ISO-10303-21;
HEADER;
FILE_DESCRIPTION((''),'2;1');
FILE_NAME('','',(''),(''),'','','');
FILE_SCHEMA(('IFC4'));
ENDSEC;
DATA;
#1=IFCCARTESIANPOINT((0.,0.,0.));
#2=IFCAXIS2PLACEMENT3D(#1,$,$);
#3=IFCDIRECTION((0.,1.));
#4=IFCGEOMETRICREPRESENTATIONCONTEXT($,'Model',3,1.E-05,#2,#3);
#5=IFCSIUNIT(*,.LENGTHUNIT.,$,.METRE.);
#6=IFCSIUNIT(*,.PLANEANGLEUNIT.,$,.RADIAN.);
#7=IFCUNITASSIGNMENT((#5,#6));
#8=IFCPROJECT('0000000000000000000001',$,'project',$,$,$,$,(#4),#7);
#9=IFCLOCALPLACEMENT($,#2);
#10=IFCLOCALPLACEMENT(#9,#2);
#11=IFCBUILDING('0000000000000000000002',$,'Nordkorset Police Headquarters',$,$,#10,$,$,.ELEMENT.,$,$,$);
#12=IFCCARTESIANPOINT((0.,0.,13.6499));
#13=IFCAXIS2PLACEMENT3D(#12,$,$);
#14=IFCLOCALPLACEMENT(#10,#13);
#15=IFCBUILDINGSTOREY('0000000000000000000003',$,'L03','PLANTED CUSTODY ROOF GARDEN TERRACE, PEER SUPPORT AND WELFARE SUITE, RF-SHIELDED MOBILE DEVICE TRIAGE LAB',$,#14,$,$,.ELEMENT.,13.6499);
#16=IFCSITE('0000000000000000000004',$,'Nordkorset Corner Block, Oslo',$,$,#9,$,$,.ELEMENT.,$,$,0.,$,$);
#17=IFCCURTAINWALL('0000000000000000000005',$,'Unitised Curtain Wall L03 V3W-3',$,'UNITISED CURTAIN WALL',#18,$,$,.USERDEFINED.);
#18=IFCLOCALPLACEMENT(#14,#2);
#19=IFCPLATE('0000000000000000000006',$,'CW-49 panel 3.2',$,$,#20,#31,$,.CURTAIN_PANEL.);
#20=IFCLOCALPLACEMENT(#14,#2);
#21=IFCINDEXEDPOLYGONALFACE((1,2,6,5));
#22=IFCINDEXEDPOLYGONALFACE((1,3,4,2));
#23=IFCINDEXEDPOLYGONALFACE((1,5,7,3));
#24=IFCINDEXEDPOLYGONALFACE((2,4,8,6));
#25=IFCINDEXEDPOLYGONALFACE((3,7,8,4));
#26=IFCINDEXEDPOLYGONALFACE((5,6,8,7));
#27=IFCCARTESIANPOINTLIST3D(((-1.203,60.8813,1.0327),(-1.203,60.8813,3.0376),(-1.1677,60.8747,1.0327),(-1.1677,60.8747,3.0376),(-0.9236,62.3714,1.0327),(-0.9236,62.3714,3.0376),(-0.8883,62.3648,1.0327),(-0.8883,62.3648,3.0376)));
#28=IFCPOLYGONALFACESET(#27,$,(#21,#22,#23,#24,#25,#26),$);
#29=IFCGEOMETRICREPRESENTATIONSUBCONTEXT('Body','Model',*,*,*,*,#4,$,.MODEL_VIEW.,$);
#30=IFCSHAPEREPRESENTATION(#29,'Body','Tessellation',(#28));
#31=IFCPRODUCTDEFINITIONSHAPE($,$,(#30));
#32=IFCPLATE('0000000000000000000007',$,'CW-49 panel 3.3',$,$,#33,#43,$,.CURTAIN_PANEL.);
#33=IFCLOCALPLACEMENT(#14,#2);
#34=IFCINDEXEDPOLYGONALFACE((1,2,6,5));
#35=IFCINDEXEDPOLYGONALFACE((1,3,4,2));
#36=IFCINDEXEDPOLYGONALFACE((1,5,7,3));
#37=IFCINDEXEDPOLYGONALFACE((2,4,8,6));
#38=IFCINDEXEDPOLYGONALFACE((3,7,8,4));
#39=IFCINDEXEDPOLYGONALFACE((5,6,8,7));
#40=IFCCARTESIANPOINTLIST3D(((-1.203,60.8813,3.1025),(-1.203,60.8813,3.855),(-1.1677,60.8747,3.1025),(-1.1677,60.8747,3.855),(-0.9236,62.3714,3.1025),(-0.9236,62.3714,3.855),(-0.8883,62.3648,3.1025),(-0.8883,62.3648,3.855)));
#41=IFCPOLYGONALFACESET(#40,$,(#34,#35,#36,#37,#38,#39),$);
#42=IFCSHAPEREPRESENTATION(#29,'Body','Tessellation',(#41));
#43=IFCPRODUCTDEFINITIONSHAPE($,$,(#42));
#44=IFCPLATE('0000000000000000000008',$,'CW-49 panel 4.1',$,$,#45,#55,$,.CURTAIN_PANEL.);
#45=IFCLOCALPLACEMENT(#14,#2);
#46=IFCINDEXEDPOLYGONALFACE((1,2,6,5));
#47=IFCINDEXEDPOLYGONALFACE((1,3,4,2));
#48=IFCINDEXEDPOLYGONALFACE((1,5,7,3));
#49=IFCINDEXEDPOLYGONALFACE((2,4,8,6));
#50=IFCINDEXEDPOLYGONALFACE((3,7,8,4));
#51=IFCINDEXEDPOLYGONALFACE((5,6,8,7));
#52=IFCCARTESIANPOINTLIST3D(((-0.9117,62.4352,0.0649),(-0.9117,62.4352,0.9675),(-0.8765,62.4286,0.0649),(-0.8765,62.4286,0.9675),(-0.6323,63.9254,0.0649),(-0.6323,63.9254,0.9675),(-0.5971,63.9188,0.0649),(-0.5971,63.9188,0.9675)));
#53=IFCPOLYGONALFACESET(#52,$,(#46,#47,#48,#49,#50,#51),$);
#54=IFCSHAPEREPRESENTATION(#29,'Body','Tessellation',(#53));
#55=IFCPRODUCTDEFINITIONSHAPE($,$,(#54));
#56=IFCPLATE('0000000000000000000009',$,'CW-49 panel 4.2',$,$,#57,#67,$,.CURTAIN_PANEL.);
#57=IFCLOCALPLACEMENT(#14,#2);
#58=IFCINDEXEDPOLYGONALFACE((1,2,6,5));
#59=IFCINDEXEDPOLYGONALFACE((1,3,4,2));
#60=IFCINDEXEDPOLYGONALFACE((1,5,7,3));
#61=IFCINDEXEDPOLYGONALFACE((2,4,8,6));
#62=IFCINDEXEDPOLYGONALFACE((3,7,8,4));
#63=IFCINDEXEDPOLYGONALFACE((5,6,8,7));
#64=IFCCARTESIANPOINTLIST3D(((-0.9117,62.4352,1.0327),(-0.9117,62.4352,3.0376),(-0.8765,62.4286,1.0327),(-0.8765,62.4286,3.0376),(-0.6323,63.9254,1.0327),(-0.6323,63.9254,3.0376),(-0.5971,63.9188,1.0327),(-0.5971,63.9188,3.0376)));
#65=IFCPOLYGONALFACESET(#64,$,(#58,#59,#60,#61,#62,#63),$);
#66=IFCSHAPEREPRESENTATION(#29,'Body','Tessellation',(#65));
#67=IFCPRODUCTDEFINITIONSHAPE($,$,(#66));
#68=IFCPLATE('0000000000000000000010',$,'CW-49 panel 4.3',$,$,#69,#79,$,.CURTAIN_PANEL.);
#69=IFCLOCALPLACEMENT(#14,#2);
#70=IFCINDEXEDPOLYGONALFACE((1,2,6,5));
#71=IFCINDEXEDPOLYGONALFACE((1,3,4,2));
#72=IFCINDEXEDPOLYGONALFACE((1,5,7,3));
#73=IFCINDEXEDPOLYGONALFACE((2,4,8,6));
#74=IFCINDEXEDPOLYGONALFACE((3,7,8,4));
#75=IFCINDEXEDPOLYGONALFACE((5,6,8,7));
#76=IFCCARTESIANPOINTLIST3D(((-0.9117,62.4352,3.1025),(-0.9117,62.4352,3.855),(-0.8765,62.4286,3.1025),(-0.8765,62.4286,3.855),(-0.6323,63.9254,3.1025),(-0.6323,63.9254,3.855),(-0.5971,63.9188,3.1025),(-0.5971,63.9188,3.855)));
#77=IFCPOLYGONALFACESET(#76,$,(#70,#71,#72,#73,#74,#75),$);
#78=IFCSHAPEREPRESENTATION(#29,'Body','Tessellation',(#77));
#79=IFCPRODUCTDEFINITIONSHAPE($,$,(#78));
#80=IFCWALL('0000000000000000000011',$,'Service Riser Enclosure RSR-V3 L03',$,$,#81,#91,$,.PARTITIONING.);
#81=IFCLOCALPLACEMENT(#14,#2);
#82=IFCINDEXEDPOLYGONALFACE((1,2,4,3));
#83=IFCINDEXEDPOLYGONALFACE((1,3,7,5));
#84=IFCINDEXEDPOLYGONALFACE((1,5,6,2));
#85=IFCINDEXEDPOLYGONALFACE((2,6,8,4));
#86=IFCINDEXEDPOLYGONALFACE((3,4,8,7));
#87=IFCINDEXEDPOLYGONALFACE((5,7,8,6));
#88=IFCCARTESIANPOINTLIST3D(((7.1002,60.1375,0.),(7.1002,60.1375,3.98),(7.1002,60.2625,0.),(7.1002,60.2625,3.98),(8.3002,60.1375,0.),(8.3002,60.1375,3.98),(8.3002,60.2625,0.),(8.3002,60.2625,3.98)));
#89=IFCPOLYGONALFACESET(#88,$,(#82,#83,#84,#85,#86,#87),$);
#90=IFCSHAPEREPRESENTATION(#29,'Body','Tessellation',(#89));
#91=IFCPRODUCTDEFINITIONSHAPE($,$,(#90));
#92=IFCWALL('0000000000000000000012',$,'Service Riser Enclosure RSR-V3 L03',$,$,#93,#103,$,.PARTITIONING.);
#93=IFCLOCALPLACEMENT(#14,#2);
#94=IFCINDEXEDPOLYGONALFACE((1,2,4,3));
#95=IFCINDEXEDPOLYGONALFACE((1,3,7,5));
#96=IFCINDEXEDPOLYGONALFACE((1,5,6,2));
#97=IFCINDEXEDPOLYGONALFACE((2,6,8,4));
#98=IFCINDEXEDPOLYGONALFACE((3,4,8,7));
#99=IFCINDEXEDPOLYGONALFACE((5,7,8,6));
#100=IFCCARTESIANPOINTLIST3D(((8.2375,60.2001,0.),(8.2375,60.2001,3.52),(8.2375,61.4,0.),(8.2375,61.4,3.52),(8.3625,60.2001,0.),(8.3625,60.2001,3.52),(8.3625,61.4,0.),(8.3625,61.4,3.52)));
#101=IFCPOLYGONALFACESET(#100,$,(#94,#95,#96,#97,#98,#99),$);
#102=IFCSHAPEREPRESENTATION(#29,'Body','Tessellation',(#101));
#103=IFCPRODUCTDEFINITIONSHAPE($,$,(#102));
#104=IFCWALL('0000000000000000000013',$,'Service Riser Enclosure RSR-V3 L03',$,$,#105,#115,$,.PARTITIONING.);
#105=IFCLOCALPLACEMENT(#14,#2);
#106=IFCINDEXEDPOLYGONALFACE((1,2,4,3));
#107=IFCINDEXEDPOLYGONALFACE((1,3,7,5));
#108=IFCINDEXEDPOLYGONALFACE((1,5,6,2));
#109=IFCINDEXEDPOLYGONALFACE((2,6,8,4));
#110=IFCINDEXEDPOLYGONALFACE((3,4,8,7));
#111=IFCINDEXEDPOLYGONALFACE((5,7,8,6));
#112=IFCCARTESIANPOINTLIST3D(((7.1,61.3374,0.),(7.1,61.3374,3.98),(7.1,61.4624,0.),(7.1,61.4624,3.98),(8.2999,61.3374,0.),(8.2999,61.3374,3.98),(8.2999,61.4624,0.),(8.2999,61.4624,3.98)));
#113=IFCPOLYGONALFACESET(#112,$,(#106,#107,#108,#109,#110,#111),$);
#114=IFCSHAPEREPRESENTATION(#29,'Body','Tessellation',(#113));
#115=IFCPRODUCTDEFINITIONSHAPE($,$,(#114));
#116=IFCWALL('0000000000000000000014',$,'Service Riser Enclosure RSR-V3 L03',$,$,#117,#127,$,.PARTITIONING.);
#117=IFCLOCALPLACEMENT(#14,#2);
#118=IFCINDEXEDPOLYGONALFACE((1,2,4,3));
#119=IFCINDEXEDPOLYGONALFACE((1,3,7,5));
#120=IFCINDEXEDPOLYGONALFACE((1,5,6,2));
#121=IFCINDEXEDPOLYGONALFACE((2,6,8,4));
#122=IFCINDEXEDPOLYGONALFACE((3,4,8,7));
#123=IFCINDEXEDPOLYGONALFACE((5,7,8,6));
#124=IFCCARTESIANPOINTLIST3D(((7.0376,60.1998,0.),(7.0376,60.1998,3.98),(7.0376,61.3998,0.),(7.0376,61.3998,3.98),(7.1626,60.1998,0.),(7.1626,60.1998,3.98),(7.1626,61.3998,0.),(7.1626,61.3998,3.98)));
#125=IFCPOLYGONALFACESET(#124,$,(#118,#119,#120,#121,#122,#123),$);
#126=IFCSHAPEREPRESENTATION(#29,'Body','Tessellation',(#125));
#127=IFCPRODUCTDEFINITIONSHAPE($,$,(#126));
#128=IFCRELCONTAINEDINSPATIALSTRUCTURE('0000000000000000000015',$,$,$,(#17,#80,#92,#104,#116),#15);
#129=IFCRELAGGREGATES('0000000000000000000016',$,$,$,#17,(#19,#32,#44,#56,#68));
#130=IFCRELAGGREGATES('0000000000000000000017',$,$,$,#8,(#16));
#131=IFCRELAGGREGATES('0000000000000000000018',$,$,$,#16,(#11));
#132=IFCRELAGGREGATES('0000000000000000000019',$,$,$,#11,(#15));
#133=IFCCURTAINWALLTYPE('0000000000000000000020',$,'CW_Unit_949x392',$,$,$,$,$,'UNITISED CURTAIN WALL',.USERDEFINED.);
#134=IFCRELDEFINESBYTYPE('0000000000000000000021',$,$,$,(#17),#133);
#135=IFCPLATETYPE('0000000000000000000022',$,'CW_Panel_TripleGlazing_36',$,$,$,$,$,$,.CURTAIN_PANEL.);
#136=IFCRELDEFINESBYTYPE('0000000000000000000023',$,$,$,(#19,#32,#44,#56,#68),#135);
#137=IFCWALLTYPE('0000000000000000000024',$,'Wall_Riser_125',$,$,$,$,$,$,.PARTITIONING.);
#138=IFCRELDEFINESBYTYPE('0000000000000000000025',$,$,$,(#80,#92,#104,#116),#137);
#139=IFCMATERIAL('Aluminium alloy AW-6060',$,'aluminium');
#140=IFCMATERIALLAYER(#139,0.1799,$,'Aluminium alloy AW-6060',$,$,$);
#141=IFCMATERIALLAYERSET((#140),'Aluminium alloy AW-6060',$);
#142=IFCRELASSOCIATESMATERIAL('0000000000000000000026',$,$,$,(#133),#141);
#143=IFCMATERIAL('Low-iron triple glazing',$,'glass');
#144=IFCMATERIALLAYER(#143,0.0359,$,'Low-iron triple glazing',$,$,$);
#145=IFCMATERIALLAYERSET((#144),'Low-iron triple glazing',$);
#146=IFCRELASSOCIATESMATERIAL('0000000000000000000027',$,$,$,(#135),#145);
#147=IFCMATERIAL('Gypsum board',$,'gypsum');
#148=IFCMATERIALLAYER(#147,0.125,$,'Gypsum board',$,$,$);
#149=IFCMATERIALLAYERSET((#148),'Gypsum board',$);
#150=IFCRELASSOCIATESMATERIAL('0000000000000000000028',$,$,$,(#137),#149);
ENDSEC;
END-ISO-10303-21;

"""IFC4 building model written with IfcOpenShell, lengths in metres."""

from ifc_helpers import new_model, si_unit, direction, frame, frame_2d, origin, origin_2d, place, context, subcontext, project, spatial, rectangle, extrude, material, layer, layer_set, type_object, element, aggregate, save


model = new_model("IFC4")

# Units and contexts
model_context = context("Model", 3, precision=1e-05, world=origin(), true_north=direction((0.0, 1.0)))
body_context = subcontext(model_context, "Body", "Model", "MODEL_VIEW")
ifc_project = project(units=[si_unit("LENGTHUNIT", "METRE"), si_unit("PLANEANGLEUNIT", "RADIAN")], contexts=[model_context])

# Site, building, storey
site_placement = place(None, origin())
site = spatial("IfcSite", under=ifc_project, at=site_placement, Name="Nordkorset Corner Block, Oslo", CompositionType="ELEMENT", RefElevation=0.0)
building_placement = place(site_placement, origin())
building = spatial("IfcBuilding", under=site, at=building_placement, Name="Nordkorset Police Headquarters", CompositionType="ELEMENT")
storey_placement = place(building_placement, frame((0.0, 0.0, 13.6499)))
storey = spatial("IfcBuildingStorey", under=building, at=storey_placement, Name="L03", Description="PLANTED CUSTODY ROOF GARDEN TERRACE, PEER SUPPORT AND WELFARE SUITE, RF-SHIELDED MOBILE DEVICE TRIAGE LAB", CompositionType="ELEMENT", Elevation=13.6499)

# Curtain wall
ifc_material_1 = material(Name="Aluminium alloy AW-6060", Category="aluminium")
ifc_layer_1 = layer(ifc_material_1, 0.1799, Name="Aluminium alloy AW-6060")
ifc_layer_set_1 = layer_set([ifc_layer_1], Name="Aluminium alloy AW-6060")
curtain_wall_type = type_object("IfcCurtainWallType", Name="CW_Unit_949x392", ElementType="UNITISED CURTAIN WALL", PredefinedType="USERDEFINED", material=ifc_layer_set_1)
curtain_wall_placement = place(storey_placement, origin())
curtain_wall = element("IfcCurtainWall", 1, at=curtain_wall_placement, inside=storey, type_object=curtain_wall_type, Name="Unitised Curtain Wall L03 V3W-3", ObjectType="UNITISED CURTAIN WALL", PredefinedType="USERDEFINED")

# Plates
ifc_material_2 = material(Name="Low-iron triple glazing", Category="glass")
ifc_layer_2 = layer(ifc_material_2, 0.0359, Name="Low-iron triple glazing")
ifc_layer_set_2 = layer_set([ifc_layer_2], Name="Low-iron triple glazing")
plate_type = type_object("IfcPlateType", Name="CW_Panel_TripleGlazing_36", PredefinedType="CURTAIN_PANEL", material=ifc_layer_set_2)
plate_1_placement = place(storey_placement, frame((-1.0457, 61.623, 1.0327), z_axis=(0.0, 0.0, 1.0), x_axis=(0.184289, 0.982872, 0.0)))
plate_1 = element("IfcPlate", 2, at=plate_1_placement, type_object=plate_type, Name="CW-49 panel 3.2", PredefinedType="CURTAIN_PANEL", context=body_context, shape_type="SweptSolid", body=[
    extrude(rectangle(XDim=1.5161, YDim=0.0359, at=origin_2d()), origin(), (0.0, 0.0, 1.0), 2.0049),
])
plate_2_placement = place(storey_placement, frame((-1.0457, 61.623, 3.1025), z_axis=(0.0, 0.0, 1.0), x_axis=(0.184289, 0.982872, 0.0)))
plate_2 = element("IfcPlate", 3, at=plate_2_placement, type_object=plate_type, Name="CW-49 panel 3.3", PredefinedType="CURTAIN_PANEL", context=body_context, shape_type="SweptSolid", body=[
    extrude(rectangle(XDim=1.5161, YDim=0.0359, at=origin_2d()), origin(), (0.0, 0.0, 1.0), 0.7524),
])
plate_3_placement = place(storey_placement, frame((-0.7544, 63.177, 0.0649), z_axis=(0.0, 0.0, 1.0), x_axis=(0.184289, 0.982872, 0.0)))
plate_3 = element("IfcPlate", 4, at=plate_3_placement, type_object=plate_type, Name="CW-49 panel 4.1", PredefinedType="CURTAIN_PANEL", context=body_context, shape_type="SweptSolid", body=[
    extrude(rectangle(XDim=1.5161, YDim=0.0359, at=origin_2d()), origin(), (0.0, 0.0, 1.0), 0.9026),
])
plate_4_placement = place(storey_placement, frame((-0.7544, 63.177, 1.0327), z_axis=(0.0, 0.0, 1.0), x_axis=(0.184289, 0.982872, 0.0)))
plate_4 = element("IfcPlate", 5, at=plate_4_placement, type_object=plate_type, Name="CW-49 panel 4.2", PredefinedType="CURTAIN_PANEL", context=body_context, shape_type="SweptSolid", body=[
    extrude(rectangle(XDim=1.5161, YDim=0.0359, at=origin_2d()), origin(), (0.0, 0.0, 1.0), 2.0049),
])
plate_5_placement = place(storey_placement, frame((-0.7544, 63.177, 3.1025), z_axis=(0.0, 0.0, 1.0), x_axis=(0.184289, 0.982872, 0.0)))
plate_5 = element("IfcPlate", 6, at=plate_5_placement, type_object=plate_type, Name="CW-49 panel 4.3", PredefinedType="CURTAIN_PANEL", context=body_context, shape_type="SweptSolid", body=[
    extrude(rectangle(XDim=1.5161, YDim=0.0359, at=origin_2d()), origin(), (0.0, 0.0, 1.0), 0.7524),
])
aggregate(curtain_wall, [plate_1, plate_2, plate_3, plate_4, plate_5])

# Walls
ifc_material_3 = material(Name="Gypsum board", Category="gypsum")
ifc_layer_3 = layer(ifc_material_3, 0.125, Name="Gypsum board")
ifc_layer_set_3 = layer_set([ifc_layer_3], Name="Gypsum board")
wall_type = type_object("IfcWallType", Name="Wall_Riser_125", PredefinedType="PARTITIONING", material=ifc_layer_set_3)
wall_1_placement = place(storey_placement, frame((7.1001, 60.2, 0.0), z_axis=(0.0, 0.0, 1.0), x_axis=(1.0, 0.0, 0.0)))
element("IfcWall", 7, at=wall_1_placement, inside=storey, type_object=wall_type, Name="Service Riser Enclosure RSR-V3 L03", PredefinedType="PARTITIONING", context=body_context, shape_type="SweptSolid", body=[
    extrude(rectangle(XDim=1.2, YDim=0.125, at=frame_2d((0.6001, 0.0))), origin(), (0.0, 0.0, 1.0), 3.98),
])
wall_2_placement = place(storey_placement, frame((8.3, 60.2, 0.0), z_axis=(0.0, 0.0, 1.0), x_axis=(0.0, 1.0, 0.0)))
element("IfcWall", 8, at=wall_2_placement, inside=storey, type_object=wall_type, Name="Service Riser Enclosure RSR-V3 L03", PredefinedType="PARTITIONING", context=body_context, shape_type="SweptSolid", body=[
    extrude(rectangle(XDim=1.2, YDim=0.125, at=frame_2d((0.6001, 0.0))), origin(), (0.0, 0.0, 1.0), 3.52),
])
for number, where, z_axis, x_axis, name in (
    (9, (8.3, 61.3999, 0.0), (0.0, 0.0, 1.0), (-1.0, 0.0, 0.0), "Service Riser Enclosure RSR-V3 L03"),
    (10, (7.1001, 61.3999, 0.0), (0.0, 0.0, 1.0), (0.0, -1.0, 0.0), "Service Riser Enclosure RSR-V3 L03"),
):
    element("IfcWall", number, at=place(storey_placement, frame(where, z_axis=z_axis, x_axis=x_axis)), inside=storey, type_object=wall_type, Name=name, PredefinedType="PARTITIONING", context=body_context, shape_type="SweptSolid", body=[
        extrude(rectangle(XDim=1.2, YDim=0.125, at=frame_2d((0.6001, 0.0))), origin(), (0.0, 0.0, 1.0), 3.98),
    ])

save(model, "model.ifc")
